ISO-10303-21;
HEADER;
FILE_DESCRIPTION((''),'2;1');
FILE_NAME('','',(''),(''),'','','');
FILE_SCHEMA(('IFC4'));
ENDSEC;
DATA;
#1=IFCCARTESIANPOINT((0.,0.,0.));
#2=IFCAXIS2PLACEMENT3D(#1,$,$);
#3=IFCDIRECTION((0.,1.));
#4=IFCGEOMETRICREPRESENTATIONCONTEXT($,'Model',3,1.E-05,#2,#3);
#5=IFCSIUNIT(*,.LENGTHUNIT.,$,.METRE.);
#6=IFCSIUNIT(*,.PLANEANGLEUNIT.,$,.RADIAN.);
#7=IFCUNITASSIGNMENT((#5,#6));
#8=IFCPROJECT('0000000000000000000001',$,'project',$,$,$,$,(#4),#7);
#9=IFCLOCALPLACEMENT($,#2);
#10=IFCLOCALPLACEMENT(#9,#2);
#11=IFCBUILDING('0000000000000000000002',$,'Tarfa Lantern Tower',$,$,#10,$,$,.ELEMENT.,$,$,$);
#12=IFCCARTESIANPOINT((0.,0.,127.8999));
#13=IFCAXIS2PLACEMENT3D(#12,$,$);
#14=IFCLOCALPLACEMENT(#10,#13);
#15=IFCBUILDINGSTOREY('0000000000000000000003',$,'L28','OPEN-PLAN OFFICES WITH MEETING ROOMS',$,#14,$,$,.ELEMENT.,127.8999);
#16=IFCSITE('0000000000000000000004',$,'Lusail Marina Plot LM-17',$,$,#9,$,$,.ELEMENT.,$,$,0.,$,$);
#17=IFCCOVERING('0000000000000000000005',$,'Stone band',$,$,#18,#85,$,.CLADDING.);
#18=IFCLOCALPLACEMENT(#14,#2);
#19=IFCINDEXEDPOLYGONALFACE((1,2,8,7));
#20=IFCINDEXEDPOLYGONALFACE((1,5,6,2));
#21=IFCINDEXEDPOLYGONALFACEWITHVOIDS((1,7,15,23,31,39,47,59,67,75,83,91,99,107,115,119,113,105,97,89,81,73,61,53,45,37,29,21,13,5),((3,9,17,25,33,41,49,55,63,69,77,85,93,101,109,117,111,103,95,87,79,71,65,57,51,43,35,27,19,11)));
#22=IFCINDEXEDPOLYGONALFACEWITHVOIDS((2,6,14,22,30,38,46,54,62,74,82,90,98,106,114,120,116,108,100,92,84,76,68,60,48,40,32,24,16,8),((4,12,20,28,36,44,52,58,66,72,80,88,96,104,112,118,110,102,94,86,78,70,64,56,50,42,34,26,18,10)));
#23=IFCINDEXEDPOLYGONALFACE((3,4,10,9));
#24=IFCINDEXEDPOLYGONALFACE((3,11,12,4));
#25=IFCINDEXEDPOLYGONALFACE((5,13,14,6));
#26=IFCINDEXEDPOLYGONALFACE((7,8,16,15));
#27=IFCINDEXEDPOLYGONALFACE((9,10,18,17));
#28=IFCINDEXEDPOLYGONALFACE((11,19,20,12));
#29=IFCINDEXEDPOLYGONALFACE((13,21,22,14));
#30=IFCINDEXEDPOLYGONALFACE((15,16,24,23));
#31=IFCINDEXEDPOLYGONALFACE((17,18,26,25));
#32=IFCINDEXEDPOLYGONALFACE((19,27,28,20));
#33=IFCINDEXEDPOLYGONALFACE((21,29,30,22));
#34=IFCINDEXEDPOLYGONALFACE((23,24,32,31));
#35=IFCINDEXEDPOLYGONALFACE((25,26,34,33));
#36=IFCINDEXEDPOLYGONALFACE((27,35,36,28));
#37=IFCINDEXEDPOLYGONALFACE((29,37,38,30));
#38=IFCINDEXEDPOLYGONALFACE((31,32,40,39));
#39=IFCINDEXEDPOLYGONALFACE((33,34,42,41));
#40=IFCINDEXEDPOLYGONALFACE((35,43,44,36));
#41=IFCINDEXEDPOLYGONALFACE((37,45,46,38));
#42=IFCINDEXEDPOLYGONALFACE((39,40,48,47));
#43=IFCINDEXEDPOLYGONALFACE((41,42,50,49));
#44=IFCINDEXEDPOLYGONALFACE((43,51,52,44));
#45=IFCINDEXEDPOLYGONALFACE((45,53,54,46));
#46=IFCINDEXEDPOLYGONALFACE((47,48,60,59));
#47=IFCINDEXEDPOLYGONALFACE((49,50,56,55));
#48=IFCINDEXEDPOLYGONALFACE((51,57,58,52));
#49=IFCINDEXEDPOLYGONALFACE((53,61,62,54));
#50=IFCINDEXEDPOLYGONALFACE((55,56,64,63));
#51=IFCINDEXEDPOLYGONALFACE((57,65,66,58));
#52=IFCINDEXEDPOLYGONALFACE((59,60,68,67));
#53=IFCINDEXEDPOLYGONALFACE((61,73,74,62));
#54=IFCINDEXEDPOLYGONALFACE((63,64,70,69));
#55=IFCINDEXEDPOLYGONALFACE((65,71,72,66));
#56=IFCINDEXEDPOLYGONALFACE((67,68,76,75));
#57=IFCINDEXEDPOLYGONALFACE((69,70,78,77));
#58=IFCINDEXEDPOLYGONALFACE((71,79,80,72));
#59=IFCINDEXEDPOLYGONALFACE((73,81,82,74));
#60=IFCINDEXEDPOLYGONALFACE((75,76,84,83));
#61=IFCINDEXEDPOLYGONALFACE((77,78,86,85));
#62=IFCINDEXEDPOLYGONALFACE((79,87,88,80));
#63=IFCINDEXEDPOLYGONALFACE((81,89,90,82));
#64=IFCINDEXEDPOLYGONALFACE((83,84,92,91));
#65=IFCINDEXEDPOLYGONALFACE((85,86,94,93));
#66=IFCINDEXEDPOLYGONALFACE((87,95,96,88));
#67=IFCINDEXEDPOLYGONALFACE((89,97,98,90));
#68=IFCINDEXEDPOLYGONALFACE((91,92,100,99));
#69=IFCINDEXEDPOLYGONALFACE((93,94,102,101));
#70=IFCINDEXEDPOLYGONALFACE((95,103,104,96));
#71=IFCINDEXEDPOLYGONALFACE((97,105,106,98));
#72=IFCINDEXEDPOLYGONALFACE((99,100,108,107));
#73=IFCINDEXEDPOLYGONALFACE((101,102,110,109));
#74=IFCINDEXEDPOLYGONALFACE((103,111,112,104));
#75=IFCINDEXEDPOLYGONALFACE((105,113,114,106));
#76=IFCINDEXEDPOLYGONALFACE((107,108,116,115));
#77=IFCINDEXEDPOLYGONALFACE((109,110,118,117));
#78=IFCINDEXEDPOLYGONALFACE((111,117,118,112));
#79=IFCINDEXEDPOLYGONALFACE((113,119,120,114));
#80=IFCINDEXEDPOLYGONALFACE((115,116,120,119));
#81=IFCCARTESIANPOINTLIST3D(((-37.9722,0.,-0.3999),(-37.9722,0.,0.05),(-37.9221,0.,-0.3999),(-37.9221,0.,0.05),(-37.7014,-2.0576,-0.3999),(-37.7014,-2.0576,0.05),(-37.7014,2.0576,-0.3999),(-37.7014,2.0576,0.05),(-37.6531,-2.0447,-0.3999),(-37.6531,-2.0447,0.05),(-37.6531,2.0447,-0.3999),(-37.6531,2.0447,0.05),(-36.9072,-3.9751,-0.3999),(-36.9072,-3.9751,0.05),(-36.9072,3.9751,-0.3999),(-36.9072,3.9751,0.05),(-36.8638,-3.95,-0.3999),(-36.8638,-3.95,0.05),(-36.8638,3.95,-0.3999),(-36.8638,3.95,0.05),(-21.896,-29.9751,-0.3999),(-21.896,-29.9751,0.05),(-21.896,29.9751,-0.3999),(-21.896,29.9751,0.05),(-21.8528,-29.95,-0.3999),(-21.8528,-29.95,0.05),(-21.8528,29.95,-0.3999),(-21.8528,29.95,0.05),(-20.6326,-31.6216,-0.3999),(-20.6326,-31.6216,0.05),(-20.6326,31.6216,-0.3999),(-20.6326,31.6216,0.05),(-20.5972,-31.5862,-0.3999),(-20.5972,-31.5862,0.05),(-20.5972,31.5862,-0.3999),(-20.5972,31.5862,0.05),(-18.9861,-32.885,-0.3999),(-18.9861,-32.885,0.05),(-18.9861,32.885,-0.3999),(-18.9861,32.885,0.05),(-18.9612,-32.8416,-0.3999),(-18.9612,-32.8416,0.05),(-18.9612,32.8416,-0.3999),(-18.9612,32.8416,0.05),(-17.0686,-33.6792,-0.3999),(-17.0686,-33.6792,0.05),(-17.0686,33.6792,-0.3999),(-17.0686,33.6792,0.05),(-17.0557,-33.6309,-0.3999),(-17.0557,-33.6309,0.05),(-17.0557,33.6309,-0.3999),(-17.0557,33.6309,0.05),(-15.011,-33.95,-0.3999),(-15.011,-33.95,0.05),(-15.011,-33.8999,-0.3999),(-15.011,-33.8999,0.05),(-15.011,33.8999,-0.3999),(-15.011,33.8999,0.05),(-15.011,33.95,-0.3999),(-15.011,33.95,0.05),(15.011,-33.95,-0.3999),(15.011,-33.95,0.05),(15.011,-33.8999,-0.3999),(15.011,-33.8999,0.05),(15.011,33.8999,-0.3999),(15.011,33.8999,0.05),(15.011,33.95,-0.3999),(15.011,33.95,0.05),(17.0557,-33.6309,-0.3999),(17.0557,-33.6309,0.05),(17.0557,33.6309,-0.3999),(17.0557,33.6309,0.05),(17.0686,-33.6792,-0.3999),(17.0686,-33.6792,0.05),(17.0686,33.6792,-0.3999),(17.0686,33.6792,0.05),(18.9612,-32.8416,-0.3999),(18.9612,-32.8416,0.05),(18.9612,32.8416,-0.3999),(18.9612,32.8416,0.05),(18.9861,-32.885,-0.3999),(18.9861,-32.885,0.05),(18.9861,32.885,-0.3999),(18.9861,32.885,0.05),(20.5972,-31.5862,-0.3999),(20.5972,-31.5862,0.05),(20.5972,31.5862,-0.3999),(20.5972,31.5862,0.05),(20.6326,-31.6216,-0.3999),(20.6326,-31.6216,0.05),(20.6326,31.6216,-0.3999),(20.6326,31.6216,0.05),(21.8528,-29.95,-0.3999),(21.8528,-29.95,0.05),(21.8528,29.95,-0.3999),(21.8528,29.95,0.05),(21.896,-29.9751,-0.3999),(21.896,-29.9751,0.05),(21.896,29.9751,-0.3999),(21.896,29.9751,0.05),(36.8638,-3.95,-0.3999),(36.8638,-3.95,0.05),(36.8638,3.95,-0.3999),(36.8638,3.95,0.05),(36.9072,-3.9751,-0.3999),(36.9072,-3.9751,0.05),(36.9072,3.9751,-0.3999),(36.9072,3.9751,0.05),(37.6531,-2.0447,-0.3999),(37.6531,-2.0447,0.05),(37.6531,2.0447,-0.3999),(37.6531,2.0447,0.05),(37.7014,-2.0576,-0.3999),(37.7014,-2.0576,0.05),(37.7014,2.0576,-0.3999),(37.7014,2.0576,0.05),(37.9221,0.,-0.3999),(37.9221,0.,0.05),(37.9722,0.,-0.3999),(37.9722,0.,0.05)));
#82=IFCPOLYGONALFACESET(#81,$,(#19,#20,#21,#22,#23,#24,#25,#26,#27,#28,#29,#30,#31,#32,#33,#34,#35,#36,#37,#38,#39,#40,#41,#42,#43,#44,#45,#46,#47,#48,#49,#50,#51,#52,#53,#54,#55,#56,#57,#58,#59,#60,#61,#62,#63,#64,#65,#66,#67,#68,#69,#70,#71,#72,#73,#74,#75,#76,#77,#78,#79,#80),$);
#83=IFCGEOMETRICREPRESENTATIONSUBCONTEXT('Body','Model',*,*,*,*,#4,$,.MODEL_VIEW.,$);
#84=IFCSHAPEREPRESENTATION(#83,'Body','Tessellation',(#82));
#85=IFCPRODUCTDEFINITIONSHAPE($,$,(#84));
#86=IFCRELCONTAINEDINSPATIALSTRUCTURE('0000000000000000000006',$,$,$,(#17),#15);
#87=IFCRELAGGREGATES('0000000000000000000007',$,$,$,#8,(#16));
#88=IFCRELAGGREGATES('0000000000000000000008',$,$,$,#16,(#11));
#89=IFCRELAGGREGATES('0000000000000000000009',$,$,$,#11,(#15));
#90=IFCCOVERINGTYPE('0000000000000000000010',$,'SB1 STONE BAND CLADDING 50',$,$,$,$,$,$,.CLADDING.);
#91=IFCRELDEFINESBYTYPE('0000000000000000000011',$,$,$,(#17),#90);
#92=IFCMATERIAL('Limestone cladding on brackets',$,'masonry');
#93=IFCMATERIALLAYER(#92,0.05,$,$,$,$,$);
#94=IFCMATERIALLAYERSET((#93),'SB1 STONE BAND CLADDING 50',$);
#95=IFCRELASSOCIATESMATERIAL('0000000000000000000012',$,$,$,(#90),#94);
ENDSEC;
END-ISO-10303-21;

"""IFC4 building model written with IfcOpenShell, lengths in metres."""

from ifc_helpers import new_model, si_unit, direction, frame, origin, place, context, subcontext, project, spatial, polyline, outline, extrude, material, layer, layer_set, type_object, element, save


model = new_model("IFC4")

# Units and contexts
model_context = context("Model", 3, precision=1e-05, world=origin(), true_north=direction((0.0, 1.0)))
body_context = subcontext(model_context, "Body", "Model", "MODEL_VIEW")
ifc_project = project(units=[si_unit("LENGTHUNIT", "METRE"), si_unit("PLANEANGLEUNIT", "RADIAN")], contexts=[model_context])

# Site, building, storey
site_placement = place(None, origin())
site = spatial("IfcSite", under=ifc_project, at=site_placement, Name="Lusail Marina Plot LM-17", CompositionType="ELEMENT", RefElevation=0.0)
building_placement = place(site_placement, origin())
building = spatial("IfcBuilding", under=site, at=building_placement, Name="Tarfa Lantern Tower", CompositionType="ELEMENT")
storey_placement = place(building_placement, frame((0.0, 0.0, 127.8999)))
storey = spatial("IfcBuildingStorey", under=building, at=storey_placement, Name="L28", Description="OPEN-PLAN OFFICES WITH MEETING ROOMS", CompositionType="ELEMENT", Elevation=127.8999)

# Covering
ifc_material_1 = material(Name="Limestone cladding on brackets", Category="masonry")
ifc_layer_1 = layer(ifc_material_1, 0.05)
ifc_layer_set_1 = layer_set([ifc_layer_1], Name="SB1 STONE BAND CLADDING 50")
covering_type_1 = type_object("IfcCoveringType", Name="SB1 STONE BAND CLADDING 50", PredefinedType="CLADDING", material=ifc_layer_set_1)
covering_1_placement = place(storey_placement, frame((0.0, 0.0, -0.3999)))
element("IfcCovering", 1, at=covering_1_placement, inside=storey, type_object=covering_type_1, Name="Stone band", PredefinedType="CLADDING", context=body_context, shape_type="SweptSolid", body=[
    extrude(outline(polyline([(36.9072, 3.9751), (21.896, 29.9751), (20.6326, 31.6216), (18.9861, 32.885), (17.0686, 33.6792), (15.011, 33.95), (-15.011, 33.95), (-17.0686, 33.6792), (-18.9861, 32.885), (-20.6326, 31.6216), (-21.896, 29.9751), (-36.9072, 3.9751), (-37.7014, 2.0576), (-37.9722, 0.0), (-37.7014, -2.0576), (-36.9072, -3.9751), (-21.896, -29.9751), (-20.6326, -31.6216), (-18.9861, -32.885), (-17.0686, -33.6792), (-15.011, -33.95), (15.011, -33.95), (17.0686, -33.6792), (18.9861, -32.885), (20.6326, -31.6216), (21.896, -29.9751), (36.9072, -3.9751), (37.7014, -2.0576), (37.9722, 0.0), (37.7014, 2.0576), (36.9072, 3.9751)]), holes=[polyline([(36.8638, 3.95), (21.8528, 29.95), (20.5972, 31.5862), (18.9612, 32.8416), (17.0557, 33.6309), (15.011, 33.8999), (-15.011, 33.8999), (-17.0557, 33.6309), (-18.9612, 32.8416), (-20.5972, 31.5862), (-21.8528, 29.95), (-36.8638, 3.95), (-37.6531, 2.0447), (-37.9221, 0.0), (-37.6531, -2.0447), (-36.8638, -3.95), (-21.8528, -29.95), (-20.5972, -31.5862), (-18.9612, -32.8416), (-17.0557, -33.6309), (-15.011, -33.8999), (15.011, -33.8999), (17.0557, -33.6309), (18.9612, -32.8416), (20.5972, -31.5862), (21.8528, -29.95), (36.8638, -3.95), (37.6531, -2.0447), (37.9221, 0.0), (37.6531, 2.0447), (36.8638, 3.95)])]), origin(), (0.0, 0.0, 1.0), 0.45),
])

save(model, "model.ifc")
